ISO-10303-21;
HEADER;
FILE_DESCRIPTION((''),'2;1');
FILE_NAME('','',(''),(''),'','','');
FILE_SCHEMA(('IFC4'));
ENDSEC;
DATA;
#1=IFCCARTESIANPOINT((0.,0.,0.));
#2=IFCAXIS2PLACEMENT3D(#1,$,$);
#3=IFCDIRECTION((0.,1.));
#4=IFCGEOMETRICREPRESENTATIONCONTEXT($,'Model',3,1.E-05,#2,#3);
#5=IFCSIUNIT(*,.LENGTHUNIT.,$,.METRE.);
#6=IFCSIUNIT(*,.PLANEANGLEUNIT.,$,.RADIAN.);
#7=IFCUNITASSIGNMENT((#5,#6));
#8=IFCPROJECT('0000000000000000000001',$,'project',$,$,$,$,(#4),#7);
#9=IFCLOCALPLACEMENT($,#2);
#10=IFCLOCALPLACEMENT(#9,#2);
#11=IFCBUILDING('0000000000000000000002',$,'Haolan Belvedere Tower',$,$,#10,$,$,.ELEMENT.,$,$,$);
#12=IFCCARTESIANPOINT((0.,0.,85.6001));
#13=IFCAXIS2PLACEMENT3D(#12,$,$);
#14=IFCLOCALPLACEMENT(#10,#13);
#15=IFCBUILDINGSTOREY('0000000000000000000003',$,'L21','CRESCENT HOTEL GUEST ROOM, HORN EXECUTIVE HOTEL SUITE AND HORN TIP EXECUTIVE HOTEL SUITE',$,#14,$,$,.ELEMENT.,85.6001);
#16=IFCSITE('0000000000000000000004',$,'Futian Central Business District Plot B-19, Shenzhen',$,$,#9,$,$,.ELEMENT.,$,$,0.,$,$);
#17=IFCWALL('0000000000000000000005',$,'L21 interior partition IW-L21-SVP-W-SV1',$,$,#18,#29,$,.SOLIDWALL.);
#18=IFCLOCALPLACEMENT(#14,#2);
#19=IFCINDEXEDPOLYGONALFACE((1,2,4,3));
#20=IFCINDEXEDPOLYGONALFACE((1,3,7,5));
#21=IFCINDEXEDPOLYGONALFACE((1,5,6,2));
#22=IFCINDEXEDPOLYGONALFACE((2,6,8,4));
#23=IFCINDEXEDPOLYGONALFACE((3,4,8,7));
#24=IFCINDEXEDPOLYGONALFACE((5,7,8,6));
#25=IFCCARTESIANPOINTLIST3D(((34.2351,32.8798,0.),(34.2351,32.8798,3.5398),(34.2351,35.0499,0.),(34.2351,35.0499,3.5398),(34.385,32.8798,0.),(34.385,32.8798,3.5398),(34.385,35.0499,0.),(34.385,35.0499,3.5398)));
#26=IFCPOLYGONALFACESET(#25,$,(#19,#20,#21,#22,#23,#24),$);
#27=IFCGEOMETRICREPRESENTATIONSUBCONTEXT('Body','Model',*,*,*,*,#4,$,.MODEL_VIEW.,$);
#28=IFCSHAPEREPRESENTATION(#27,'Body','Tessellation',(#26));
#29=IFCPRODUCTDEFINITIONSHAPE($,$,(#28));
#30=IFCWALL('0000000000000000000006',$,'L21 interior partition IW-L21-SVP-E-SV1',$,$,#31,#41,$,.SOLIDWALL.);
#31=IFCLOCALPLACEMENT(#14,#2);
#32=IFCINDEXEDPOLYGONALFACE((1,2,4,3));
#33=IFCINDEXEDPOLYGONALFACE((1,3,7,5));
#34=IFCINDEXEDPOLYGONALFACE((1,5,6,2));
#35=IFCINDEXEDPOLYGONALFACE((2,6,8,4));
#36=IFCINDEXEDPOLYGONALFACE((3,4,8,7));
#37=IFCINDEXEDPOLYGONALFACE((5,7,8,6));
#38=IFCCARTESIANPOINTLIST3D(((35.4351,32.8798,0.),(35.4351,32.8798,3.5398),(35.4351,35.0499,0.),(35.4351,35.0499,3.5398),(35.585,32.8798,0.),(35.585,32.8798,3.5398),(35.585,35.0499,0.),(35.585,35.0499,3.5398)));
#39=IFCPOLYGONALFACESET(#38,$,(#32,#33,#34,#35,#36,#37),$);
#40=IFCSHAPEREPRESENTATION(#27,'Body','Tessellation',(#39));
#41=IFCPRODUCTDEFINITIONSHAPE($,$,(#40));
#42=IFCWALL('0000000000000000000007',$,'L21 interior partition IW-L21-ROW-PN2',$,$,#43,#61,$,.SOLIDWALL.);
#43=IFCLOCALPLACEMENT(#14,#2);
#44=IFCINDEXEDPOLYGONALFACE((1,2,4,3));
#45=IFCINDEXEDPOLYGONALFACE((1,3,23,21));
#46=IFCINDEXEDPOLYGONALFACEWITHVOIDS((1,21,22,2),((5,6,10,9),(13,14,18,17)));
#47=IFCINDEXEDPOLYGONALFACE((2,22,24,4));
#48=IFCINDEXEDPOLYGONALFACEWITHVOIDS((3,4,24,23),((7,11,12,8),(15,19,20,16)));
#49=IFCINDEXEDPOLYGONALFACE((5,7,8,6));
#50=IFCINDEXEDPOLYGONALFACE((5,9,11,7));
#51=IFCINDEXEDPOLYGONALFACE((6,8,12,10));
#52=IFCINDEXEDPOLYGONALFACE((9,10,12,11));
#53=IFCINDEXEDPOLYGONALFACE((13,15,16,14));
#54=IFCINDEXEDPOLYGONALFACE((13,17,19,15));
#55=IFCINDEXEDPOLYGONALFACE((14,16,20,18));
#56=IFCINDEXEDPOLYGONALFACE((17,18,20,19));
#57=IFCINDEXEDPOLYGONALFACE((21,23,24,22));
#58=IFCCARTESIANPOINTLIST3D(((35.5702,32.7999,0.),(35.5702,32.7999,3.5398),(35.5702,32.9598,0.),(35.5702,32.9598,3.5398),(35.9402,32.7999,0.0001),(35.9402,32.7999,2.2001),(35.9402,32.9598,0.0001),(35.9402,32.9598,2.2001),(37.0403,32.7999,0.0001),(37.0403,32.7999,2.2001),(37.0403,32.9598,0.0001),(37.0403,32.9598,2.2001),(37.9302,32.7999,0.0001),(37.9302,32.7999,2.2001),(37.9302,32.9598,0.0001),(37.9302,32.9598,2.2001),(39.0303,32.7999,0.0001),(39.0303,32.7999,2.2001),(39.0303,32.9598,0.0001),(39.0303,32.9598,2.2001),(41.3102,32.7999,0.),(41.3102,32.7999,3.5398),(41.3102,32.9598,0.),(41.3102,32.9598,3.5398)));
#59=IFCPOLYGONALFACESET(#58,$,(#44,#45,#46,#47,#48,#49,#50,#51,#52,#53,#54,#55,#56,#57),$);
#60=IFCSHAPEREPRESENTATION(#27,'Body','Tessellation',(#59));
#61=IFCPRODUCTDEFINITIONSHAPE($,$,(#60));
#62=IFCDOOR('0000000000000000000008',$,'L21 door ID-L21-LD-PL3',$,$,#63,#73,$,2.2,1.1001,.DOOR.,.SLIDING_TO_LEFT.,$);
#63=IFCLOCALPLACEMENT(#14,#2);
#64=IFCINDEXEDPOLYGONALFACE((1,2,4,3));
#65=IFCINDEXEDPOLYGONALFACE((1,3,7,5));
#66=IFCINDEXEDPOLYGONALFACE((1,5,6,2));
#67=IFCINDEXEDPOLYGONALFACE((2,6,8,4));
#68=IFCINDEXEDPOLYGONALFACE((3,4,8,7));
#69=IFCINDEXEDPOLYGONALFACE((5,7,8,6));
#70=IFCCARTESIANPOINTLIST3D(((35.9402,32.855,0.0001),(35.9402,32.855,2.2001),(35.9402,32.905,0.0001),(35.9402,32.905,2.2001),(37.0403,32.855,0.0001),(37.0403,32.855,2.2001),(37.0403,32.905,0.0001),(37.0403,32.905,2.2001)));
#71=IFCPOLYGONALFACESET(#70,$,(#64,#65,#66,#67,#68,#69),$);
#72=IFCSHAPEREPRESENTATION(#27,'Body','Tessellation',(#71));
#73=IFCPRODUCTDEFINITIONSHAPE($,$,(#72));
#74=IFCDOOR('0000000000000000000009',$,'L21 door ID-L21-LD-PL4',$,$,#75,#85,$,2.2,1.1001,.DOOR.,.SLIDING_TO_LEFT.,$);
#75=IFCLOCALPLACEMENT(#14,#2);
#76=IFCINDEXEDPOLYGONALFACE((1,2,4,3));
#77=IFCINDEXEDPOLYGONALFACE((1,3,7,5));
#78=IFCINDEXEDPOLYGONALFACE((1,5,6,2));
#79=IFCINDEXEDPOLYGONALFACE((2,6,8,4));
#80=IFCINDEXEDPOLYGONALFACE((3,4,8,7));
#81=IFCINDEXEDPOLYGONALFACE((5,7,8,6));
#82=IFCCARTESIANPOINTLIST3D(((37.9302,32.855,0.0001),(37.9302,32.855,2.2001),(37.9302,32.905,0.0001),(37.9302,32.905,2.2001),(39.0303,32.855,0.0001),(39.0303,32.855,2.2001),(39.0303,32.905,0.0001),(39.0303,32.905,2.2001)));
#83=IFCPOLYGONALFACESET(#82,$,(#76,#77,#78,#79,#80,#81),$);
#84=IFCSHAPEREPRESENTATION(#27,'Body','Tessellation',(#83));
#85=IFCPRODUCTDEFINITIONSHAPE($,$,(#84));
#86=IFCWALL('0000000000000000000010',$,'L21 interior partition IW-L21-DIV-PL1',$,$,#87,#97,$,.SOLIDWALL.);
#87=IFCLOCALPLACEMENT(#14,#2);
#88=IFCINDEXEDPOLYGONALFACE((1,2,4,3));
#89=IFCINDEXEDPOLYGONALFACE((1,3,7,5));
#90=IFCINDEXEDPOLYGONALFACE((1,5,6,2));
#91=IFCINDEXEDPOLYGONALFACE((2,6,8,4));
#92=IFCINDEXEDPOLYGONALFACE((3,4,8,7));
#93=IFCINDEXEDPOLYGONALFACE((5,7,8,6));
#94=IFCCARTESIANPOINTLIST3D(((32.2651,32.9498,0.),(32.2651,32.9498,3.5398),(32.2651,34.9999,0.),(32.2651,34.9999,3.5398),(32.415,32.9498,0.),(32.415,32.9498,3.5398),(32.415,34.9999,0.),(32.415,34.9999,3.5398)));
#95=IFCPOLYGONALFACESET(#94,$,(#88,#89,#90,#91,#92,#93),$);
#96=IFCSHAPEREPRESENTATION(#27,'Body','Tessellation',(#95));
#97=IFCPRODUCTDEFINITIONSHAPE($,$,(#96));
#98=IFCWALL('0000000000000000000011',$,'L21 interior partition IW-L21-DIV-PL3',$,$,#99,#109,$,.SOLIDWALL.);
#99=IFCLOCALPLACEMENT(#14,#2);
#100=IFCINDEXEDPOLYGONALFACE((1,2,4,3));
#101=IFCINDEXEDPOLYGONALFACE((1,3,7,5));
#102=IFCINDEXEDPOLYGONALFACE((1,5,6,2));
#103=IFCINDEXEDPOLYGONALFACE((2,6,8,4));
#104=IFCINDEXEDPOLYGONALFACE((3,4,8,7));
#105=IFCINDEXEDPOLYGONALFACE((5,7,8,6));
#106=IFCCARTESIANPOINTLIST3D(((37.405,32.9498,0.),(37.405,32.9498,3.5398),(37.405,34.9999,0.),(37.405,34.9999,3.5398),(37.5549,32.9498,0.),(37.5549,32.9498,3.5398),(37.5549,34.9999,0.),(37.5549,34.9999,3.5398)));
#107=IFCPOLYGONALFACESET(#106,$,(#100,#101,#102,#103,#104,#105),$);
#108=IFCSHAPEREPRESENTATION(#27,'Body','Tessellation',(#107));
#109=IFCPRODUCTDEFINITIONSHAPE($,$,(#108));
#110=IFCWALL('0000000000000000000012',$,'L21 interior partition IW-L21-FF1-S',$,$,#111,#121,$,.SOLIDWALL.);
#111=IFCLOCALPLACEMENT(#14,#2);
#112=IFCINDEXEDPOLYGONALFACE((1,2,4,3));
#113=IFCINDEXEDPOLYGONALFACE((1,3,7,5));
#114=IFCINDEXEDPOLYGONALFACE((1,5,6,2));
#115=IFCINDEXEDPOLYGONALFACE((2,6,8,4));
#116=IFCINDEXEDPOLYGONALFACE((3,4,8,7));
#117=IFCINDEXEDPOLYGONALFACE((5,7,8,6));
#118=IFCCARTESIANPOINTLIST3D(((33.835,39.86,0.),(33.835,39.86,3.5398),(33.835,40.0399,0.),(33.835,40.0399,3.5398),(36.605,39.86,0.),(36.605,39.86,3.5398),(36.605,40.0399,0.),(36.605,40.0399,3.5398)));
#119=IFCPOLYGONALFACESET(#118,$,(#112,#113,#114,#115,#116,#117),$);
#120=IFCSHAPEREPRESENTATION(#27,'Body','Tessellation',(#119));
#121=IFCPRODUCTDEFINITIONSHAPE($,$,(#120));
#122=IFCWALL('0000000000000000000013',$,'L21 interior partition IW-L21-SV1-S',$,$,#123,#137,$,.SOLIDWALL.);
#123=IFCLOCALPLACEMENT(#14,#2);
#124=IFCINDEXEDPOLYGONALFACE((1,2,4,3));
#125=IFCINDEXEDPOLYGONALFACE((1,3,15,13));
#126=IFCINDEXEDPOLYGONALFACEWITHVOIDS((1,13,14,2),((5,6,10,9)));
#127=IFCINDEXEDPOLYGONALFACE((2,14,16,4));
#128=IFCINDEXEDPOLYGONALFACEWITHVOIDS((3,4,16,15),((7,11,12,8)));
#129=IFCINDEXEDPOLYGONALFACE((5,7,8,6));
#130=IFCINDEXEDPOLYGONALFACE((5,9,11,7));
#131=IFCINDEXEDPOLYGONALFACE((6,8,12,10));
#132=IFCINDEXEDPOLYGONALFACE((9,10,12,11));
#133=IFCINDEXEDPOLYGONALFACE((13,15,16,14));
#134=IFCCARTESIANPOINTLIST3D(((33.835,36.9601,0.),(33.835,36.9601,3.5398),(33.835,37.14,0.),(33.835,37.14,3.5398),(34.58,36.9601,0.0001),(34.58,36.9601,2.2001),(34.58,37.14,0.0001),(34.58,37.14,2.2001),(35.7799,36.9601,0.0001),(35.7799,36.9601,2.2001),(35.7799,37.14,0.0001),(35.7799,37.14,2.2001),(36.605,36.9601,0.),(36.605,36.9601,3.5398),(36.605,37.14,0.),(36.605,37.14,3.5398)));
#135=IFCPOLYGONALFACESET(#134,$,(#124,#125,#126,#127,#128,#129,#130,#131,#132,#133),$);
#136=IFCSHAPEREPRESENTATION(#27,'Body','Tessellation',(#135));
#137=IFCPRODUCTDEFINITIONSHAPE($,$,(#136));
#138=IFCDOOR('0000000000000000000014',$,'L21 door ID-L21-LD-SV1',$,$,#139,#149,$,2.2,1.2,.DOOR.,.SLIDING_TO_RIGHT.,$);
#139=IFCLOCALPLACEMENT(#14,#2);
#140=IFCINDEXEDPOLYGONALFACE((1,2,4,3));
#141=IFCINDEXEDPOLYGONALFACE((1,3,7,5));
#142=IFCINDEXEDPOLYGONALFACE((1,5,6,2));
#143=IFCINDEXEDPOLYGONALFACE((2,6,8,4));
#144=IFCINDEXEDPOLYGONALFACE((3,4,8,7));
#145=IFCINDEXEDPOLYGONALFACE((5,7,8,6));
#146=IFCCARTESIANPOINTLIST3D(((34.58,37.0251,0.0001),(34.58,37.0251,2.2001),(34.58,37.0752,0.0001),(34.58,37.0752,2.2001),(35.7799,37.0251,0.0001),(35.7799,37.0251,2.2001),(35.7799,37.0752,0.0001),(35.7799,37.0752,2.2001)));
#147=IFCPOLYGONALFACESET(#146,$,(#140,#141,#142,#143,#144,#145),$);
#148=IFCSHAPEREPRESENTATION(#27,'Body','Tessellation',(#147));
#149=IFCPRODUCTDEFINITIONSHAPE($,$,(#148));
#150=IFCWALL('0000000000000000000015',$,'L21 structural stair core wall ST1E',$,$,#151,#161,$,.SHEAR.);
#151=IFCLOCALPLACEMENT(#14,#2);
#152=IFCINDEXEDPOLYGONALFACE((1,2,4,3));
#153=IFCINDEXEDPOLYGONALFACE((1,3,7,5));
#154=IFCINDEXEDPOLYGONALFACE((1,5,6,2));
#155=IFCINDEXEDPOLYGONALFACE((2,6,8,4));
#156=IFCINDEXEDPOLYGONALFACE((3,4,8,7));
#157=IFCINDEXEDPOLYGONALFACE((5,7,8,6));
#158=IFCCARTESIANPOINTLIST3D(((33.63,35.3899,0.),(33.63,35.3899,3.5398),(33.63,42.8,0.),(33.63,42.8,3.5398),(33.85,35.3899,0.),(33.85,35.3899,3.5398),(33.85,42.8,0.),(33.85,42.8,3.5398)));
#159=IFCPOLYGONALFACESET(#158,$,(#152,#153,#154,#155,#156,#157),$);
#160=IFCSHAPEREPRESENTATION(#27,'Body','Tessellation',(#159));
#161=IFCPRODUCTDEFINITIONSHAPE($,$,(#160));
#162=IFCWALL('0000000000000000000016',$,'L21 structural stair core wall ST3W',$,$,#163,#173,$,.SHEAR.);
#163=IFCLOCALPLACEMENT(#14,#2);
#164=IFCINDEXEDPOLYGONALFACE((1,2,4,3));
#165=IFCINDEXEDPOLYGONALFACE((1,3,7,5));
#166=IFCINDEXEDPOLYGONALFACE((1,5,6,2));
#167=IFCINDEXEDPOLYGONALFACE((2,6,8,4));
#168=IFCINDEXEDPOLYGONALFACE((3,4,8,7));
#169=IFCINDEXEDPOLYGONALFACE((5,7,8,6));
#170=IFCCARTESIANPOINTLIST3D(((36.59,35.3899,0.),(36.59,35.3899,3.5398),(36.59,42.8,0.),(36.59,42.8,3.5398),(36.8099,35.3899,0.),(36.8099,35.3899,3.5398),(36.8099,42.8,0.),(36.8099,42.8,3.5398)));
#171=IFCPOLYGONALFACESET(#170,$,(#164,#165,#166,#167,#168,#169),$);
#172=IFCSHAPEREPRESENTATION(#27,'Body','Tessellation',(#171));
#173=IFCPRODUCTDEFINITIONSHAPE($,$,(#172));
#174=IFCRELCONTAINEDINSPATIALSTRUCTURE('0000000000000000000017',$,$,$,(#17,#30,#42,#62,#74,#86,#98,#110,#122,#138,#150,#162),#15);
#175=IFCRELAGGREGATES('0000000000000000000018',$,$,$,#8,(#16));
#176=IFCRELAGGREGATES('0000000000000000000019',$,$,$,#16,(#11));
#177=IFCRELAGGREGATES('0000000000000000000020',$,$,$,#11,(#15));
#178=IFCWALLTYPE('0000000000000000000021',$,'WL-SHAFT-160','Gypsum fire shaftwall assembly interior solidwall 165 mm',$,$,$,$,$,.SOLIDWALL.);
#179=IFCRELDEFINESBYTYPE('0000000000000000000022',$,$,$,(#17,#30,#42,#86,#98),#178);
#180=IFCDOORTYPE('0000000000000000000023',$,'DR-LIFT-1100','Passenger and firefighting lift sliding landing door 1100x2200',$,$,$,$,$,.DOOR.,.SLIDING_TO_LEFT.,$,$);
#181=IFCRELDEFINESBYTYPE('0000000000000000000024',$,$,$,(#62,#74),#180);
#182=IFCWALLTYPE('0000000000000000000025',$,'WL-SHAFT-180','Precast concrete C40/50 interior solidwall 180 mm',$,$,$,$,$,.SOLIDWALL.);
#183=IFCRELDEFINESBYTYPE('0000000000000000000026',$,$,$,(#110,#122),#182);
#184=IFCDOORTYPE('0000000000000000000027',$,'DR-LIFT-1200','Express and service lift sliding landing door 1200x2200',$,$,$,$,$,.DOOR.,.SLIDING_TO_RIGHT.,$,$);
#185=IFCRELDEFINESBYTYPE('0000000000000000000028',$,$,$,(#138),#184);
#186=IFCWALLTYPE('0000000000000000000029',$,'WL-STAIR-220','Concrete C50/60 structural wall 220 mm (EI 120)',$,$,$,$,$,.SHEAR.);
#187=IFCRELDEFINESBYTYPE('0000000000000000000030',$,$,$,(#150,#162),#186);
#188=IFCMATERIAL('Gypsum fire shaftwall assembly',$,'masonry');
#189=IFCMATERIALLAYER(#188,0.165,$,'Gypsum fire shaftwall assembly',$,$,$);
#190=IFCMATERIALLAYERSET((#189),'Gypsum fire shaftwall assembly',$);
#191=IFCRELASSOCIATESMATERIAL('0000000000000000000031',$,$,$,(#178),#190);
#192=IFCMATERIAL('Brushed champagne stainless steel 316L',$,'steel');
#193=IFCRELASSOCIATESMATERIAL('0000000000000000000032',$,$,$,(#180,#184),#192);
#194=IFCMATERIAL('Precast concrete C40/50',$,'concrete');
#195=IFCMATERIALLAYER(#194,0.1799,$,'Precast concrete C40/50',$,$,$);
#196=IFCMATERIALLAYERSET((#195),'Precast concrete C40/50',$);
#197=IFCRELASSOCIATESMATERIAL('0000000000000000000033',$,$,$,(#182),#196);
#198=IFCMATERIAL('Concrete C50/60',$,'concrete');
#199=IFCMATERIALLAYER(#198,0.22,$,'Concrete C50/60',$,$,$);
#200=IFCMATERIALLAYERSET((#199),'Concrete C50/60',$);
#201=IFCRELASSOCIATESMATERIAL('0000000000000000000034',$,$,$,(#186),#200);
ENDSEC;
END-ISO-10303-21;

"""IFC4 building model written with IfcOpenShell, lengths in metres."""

from ifc_helpers import new_model, si_unit, direction, frame, frame_2d, origin, place, context, subcontext, project, spatial, rectangle, extrude, material, layer, layer_set, type_object, element, fill, save


model = new_model("IFC4")

# Units and contexts
model_context = context("Model", 3, precision=1e-05, world=origin(), true_north=direction((0.0, 1.0)))
body_context = subcontext(model_context, "Body", "Model", "MODEL_VIEW")
ifc_project = project(units=[si_unit("LENGTHUNIT", "METRE"), si_unit("PLANEANGLEUNIT", "RADIAN")], contexts=[model_context])

# Site, building, storey
site_placement = place(None, origin())
site = spatial("IfcSite", under=ifc_project, at=site_placement, Name="Futian Central Business District Plot B-19, Shenzhen", CompositionType="ELEMENT", RefElevation=0.0)
building_placement = place(site_placement, origin())
building = spatial("IfcBuilding", under=site, at=building_placement, Name="Haolan Belvedere Tower", CompositionType="ELEMENT")
storey_placement = place(building_placement, frame((0.0, 0.0, 85.6001)))
storey = spatial("IfcBuildingStorey", under=building, at=storey_placement, Name="L21", Description="CRESCENT HOTEL GUEST ROOM, HORN EXECUTIVE HOTEL SUITE AND HORN TIP EXECUTIVE HOTEL SUITE", CompositionType="ELEMENT", Elevation=85.6001)

# Walls
ifc_material_1 = material(Name="Gypsum fire shaftwall assembly", Category="masonry")
ifc_layer_1 = layer(ifc_material_1, 0.165, Name="Gypsum fire shaftwall assembly")
ifc_layer_set_1 = layer_set([ifc_layer_1], Name="Gypsum fire shaftwall assembly")
wall_type_1 = type_object("IfcWallType", Name="WL-SHAFT-160", Description="Gypsum fire shaftwall assembly interior solidwall 165 mm", PredefinedType="SOLIDWALL", material=ifc_layer_set_1)
for number, where, z_axis, x_axis, name in (
    (1, (34.3101, 32.8799, 0.0), (0.0, 0.0, 1.0), (0.0, 1.0, 0.0), "L21 interior partition IW-L21-SVP-W-SV1"),
    (2, (35.51, 32.8799, 0.0), (0.0, 0.0, 1.0), (0.0, 1.0, 0.0), "L21 interior partition IW-L21-SVP-E-SV1"),
):
    element("IfcWall", number, at=place(storey_placement, frame(where, z_axis=z_axis, x_axis=x_axis)), inside=storey, type_object=wall_type_1, Name=name, PredefinedType="SOLIDWALL", context=body_context, shape_type="SweptSolid", body=[
        extrude(rectangle(XDim=2.1702, YDim=0.1499, at=frame_2d((1.085, 0.0))), origin(), (0.0, 0.0, 1.0), 3.5398),
    ])

# Wall, openings, doors
wall_1_placement = place(storey_placement, frame((35.5701, 32.8799, 0.0), z_axis=(0.0, 0.0, 1.0), x_axis=(1.0, 0.0, 0.0)))
wall_1 = element("IfcWall", 3, at=wall_1_placement, inside=storey, type_object=wall_type_1, Name="L21 interior partition IW-L21-ROW-PN2", PredefinedType="SOLIDWALL", context=body_context, shape_type="SweptSolid", body=[
    extrude(rectangle(XDim=5.74, YDim=0.1599, at=frame_2d((2.8701, 0.0))), origin(), (0.0, 0.0, 1.0), 3.5398),
])
opening_1_placement = place(wall_1_placement, frame((1.4702, 0.0, 0.0), z_axis=(0.0, 0.0, 1.0), x_axis=(-1.0, 0.0, 0.0)))
opening_1 = element("IfcOpeningElement", 4, at=opening_1_placement, cuts=wall_1, PredefinedType="OPENING", context=body_context, shape_type="SweptSolid", body=[
    extrude(rectangle(XDim=1.1001, YDim=2.2, at=frame_2d((0.55, 1.1001))), frame((0.0, 0.0898, 0.0), z_axis=(0.0, -1.0, 0.0), x_axis=(1.0, 0.0, 0.0)), (0.0, 0.0, 1.0), 0.1799),
])
opening_2_placement = place(wall_1_placement, frame((3.4602, 0.0, 0.0), z_axis=(0.0, 0.0, 1.0), x_axis=(-1.0, 0.0, 0.0)))
opening_2 = element("IfcOpeningElement", 5, at=opening_2_placement, cuts=wall_1, PredefinedType="OPENING", context=body_context, shape_type="SweptSolid", body=[
    extrude(rectangle(XDim=1.1001, YDim=2.2, at=frame_2d((0.55, 1.1001))), frame((0.0, 0.0898, 0.0), z_axis=(0.0, -1.0, 0.0), x_axis=(1.0, 0.0, 0.0)), (0.0, 0.0, 1.0), 0.1799),
])
ifc_material_2 = material(Name="Brushed champagne stainless steel 316L", Category="steel")
door_type_1 = type_object("IfcDoorType", Name="DR-LIFT-1100", Description="Passenger and firefighting lift sliding landing door 1100x2200", OperationType="SLIDING_TO_LEFT", PredefinedType="DOOR", material=ifc_material_2)
door_1_placement = place(opening_1_placement, origin())
door_1 = element("IfcDoor", 6, at=door_1_placement, inside=storey, type_object=door_type_1, Name="L21 door ID-L21-LD-PL3", OperationType="SLIDING_TO_LEFT", OverallHeight=2.2, OverallWidth=1.1001, PredefinedType="DOOR", context=body_context, shape_type="SweptSolid", body=[
    extrude(rectangle(XDim=1.1001, YDim=2.2, at=frame_2d((0.55, 1.1001))), frame((0.0, 0.0249, 0.0), z_axis=(0.0, -1.0, 0.0), x_axis=(1.0, 0.0, 0.0)), (0.0, 0.0, 1.0), 0.05),
])
fill(opening_1, door_1)
door_2_placement = place(opening_2_placement, origin())
door_2 = element("IfcDoor", 7, at=door_2_placement, inside=storey, type_object=door_type_1, Name="L21 door ID-L21-LD-PL4", OperationType="SLIDING_TO_LEFT", OverallHeight=2.2, OverallWidth=1.1001, PredefinedType="DOOR", context=body_context, shape_type="SweptSolid", body=[
    extrude(rectangle(XDim=1.1001, YDim=2.2, at=frame_2d((0.55, 1.1001))), frame((0.0, 0.0249, 0.0), z_axis=(0.0, -1.0, 0.0), x_axis=(1.0, 0.0, 0.0)), (0.0, 0.0, 1.0), 0.05),
])
fill(opening_2, door_2)

# Walls
for number, where, z_axis, x_axis, name in (
    (8, (32.3401, 32.95, 0.0), (0.0, 0.0, 1.0), (0.0, 1.0, 0.0), "L21 interior partition IW-L21-DIV-PL1"),
    (9, (37.48, 32.95, 0.0), (0.0, 0.0, 1.0), (0.0, 1.0, 0.0), "L21 interior partition IW-L21-DIV-PL3"),
):
    element("IfcWall", number, at=place(storey_placement, frame(where, z_axis=z_axis, x_axis=x_axis)), inside=storey, type_object=wall_type_1, Name=name, PredefinedType="SOLIDWALL", context=body_context, shape_type="SweptSolid", body=[
        extrude(rectangle(XDim=2.05, YDim=0.1499, at=frame_2d((1.0249, 0.0))), origin(), (0.0, 0.0, 1.0), 3.5398),
    ])
ifc_material_3 = material(Name="Precast concrete C40/50", Category="concrete")
ifc_layer_2 = layer(ifc_material_3, 0.1799, Name="Precast concrete C40/50")
ifc_layer_set_2 = layer_set([ifc_layer_2], Name="Precast concrete C40/50")
wall_type_2 = type_object("IfcWallType", Name="WL-SHAFT-180", Description="Precast concrete C40/50 interior solidwall 180 mm", PredefinedType="SOLIDWALL", material=ifc_layer_set_2)
wall_2_placement = place(storey_placement, frame((33.835, 39.95, 0.0), z_axis=(0.0, 0.0, 1.0), x_axis=(1.0, 0.0, 0.0)))
element("IfcWall", 10, at=wall_2_placement, inside=storey, type_object=wall_type_2, Name="L21 interior partition IW-L21-FF1-S", PredefinedType="SOLIDWALL", context=body_context, shape_type="SweptSolid", body=[
    extrude(rectangle(XDim=2.77, YDim=0.1799, at=frame_2d((1.385, 0.0))), origin(), (0.0, 0.0, 1.0), 3.5398),
])

# Wall, opening, door
wall_3_placement = place(storey_placement, frame((33.835, 37.05, 0.0), z_axis=(0.0, 0.0, 1.0), x_axis=(1.0, 0.0, 0.0)))
wall_3 = element("IfcWall", 11, at=wall_3_placement, inside=storey, type_object=wall_type_2, Name="L21 interior partition IW-L21-SV1-S", PredefinedType="SOLIDWALL", context=body_context, shape_type="SweptSolid", body=[
    extrude(rectangle(XDim=2.77, YDim=0.1799, at=frame_2d((1.385, 0.0))), origin(), (0.0, 0.0, 1.0), 3.5398),
])
opening_3_placement = place(wall_3_placement, frame((1.9451, 0.0, 0.0), z_axis=(0.0, 0.0, 1.0), x_axis=(-1.0, 0.0, 0.0)))
opening_3 = element("IfcOpeningElement", 12, at=opening_3_placement, cuts=wall_3, PredefinedType="OPENING", context=body_context, shape_type="SweptSolid", body=[
    extrude(rectangle(XDim=1.2, YDim=2.2, at=frame_2d((0.6001, 1.1001))), frame((0.0, 0.0999, 0.0), z_axis=(0.0, -1.0, 0.0), x_axis=(1.0, 0.0, 0.0)), (0.0, 0.0, 1.0), 0.2),
])
door_type_2 = type_object("IfcDoorType", Name="DR-LIFT-1200", Description="Express and service lift sliding landing door 1200x2200", OperationType="SLIDING_TO_RIGHT", PredefinedType="DOOR", material=ifc_material_2)
door_3_placement = place(opening_3_placement, origin())
door_3 = element("IfcDoor", 13, at=door_3_placement, inside=storey, type_object=door_type_2, Name="L21 door ID-L21-LD-SV1", OperationType="SLIDING_TO_RIGHT", OverallHeight=2.2, OverallWidth=1.2, PredefinedType="DOOR", context=body_context, shape_type="SweptSolid", body=[
    extrude(rectangle(XDim=1.2, YDim=2.2, at=frame_2d((0.6001, 1.1001))), frame((0.0, 0.0249, 0.0), z_axis=(0.0, -1.0, 0.0), x_axis=(1.0, 0.0, 0.0)), (0.0, 0.0, 1.0), 0.05),
])
fill(opening_3, door_3)

# Walls
ifc_material_4 = material(Name="Concrete C50/60", Category="concrete")
ifc_layer_3 = layer(ifc_material_4, 0.22, Name="Concrete C50/60")
ifc_layer_set_3 = layer_set([ifc_layer_3], Name="Concrete C50/60")
wall_type_3 = type_object("IfcWallType", Name="WL-STAIR-220", Description="Concrete C50/60 structural wall 220 mm (EI 120)", PredefinedType="SHEAR", material=ifc_layer_set_3)
for number, where, z_axis, x_axis, name in (
    (14, (33.74, 35.3899, 0.0), (0.0, 0.0, 1.0), (0.0, 1.0, 0.0), "L21 structural stair core wall ST1E"),
    (15, (36.7, 35.3899, 0.0), (0.0, 0.0, 1.0), (0.0, 1.0, 0.0), "L21 structural stair core wall ST3W"),
):
    element("IfcWall", number, at=place(storey_placement, frame(where, z_axis=z_axis, x_axis=x_axis)), inside=storey, type_object=wall_type_3, Name=name, PredefinedType="SHEAR", context=body_context, shape_type="SweptSolid", body=[
        extrude(rectangle(XDim=7.4102, YDim=0.22, at=frame_2d((3.7051, 0.0))), origin(), (0.0, 0.0, 1.0), 3.5398),
    ])

save(model, "model.ifc")
